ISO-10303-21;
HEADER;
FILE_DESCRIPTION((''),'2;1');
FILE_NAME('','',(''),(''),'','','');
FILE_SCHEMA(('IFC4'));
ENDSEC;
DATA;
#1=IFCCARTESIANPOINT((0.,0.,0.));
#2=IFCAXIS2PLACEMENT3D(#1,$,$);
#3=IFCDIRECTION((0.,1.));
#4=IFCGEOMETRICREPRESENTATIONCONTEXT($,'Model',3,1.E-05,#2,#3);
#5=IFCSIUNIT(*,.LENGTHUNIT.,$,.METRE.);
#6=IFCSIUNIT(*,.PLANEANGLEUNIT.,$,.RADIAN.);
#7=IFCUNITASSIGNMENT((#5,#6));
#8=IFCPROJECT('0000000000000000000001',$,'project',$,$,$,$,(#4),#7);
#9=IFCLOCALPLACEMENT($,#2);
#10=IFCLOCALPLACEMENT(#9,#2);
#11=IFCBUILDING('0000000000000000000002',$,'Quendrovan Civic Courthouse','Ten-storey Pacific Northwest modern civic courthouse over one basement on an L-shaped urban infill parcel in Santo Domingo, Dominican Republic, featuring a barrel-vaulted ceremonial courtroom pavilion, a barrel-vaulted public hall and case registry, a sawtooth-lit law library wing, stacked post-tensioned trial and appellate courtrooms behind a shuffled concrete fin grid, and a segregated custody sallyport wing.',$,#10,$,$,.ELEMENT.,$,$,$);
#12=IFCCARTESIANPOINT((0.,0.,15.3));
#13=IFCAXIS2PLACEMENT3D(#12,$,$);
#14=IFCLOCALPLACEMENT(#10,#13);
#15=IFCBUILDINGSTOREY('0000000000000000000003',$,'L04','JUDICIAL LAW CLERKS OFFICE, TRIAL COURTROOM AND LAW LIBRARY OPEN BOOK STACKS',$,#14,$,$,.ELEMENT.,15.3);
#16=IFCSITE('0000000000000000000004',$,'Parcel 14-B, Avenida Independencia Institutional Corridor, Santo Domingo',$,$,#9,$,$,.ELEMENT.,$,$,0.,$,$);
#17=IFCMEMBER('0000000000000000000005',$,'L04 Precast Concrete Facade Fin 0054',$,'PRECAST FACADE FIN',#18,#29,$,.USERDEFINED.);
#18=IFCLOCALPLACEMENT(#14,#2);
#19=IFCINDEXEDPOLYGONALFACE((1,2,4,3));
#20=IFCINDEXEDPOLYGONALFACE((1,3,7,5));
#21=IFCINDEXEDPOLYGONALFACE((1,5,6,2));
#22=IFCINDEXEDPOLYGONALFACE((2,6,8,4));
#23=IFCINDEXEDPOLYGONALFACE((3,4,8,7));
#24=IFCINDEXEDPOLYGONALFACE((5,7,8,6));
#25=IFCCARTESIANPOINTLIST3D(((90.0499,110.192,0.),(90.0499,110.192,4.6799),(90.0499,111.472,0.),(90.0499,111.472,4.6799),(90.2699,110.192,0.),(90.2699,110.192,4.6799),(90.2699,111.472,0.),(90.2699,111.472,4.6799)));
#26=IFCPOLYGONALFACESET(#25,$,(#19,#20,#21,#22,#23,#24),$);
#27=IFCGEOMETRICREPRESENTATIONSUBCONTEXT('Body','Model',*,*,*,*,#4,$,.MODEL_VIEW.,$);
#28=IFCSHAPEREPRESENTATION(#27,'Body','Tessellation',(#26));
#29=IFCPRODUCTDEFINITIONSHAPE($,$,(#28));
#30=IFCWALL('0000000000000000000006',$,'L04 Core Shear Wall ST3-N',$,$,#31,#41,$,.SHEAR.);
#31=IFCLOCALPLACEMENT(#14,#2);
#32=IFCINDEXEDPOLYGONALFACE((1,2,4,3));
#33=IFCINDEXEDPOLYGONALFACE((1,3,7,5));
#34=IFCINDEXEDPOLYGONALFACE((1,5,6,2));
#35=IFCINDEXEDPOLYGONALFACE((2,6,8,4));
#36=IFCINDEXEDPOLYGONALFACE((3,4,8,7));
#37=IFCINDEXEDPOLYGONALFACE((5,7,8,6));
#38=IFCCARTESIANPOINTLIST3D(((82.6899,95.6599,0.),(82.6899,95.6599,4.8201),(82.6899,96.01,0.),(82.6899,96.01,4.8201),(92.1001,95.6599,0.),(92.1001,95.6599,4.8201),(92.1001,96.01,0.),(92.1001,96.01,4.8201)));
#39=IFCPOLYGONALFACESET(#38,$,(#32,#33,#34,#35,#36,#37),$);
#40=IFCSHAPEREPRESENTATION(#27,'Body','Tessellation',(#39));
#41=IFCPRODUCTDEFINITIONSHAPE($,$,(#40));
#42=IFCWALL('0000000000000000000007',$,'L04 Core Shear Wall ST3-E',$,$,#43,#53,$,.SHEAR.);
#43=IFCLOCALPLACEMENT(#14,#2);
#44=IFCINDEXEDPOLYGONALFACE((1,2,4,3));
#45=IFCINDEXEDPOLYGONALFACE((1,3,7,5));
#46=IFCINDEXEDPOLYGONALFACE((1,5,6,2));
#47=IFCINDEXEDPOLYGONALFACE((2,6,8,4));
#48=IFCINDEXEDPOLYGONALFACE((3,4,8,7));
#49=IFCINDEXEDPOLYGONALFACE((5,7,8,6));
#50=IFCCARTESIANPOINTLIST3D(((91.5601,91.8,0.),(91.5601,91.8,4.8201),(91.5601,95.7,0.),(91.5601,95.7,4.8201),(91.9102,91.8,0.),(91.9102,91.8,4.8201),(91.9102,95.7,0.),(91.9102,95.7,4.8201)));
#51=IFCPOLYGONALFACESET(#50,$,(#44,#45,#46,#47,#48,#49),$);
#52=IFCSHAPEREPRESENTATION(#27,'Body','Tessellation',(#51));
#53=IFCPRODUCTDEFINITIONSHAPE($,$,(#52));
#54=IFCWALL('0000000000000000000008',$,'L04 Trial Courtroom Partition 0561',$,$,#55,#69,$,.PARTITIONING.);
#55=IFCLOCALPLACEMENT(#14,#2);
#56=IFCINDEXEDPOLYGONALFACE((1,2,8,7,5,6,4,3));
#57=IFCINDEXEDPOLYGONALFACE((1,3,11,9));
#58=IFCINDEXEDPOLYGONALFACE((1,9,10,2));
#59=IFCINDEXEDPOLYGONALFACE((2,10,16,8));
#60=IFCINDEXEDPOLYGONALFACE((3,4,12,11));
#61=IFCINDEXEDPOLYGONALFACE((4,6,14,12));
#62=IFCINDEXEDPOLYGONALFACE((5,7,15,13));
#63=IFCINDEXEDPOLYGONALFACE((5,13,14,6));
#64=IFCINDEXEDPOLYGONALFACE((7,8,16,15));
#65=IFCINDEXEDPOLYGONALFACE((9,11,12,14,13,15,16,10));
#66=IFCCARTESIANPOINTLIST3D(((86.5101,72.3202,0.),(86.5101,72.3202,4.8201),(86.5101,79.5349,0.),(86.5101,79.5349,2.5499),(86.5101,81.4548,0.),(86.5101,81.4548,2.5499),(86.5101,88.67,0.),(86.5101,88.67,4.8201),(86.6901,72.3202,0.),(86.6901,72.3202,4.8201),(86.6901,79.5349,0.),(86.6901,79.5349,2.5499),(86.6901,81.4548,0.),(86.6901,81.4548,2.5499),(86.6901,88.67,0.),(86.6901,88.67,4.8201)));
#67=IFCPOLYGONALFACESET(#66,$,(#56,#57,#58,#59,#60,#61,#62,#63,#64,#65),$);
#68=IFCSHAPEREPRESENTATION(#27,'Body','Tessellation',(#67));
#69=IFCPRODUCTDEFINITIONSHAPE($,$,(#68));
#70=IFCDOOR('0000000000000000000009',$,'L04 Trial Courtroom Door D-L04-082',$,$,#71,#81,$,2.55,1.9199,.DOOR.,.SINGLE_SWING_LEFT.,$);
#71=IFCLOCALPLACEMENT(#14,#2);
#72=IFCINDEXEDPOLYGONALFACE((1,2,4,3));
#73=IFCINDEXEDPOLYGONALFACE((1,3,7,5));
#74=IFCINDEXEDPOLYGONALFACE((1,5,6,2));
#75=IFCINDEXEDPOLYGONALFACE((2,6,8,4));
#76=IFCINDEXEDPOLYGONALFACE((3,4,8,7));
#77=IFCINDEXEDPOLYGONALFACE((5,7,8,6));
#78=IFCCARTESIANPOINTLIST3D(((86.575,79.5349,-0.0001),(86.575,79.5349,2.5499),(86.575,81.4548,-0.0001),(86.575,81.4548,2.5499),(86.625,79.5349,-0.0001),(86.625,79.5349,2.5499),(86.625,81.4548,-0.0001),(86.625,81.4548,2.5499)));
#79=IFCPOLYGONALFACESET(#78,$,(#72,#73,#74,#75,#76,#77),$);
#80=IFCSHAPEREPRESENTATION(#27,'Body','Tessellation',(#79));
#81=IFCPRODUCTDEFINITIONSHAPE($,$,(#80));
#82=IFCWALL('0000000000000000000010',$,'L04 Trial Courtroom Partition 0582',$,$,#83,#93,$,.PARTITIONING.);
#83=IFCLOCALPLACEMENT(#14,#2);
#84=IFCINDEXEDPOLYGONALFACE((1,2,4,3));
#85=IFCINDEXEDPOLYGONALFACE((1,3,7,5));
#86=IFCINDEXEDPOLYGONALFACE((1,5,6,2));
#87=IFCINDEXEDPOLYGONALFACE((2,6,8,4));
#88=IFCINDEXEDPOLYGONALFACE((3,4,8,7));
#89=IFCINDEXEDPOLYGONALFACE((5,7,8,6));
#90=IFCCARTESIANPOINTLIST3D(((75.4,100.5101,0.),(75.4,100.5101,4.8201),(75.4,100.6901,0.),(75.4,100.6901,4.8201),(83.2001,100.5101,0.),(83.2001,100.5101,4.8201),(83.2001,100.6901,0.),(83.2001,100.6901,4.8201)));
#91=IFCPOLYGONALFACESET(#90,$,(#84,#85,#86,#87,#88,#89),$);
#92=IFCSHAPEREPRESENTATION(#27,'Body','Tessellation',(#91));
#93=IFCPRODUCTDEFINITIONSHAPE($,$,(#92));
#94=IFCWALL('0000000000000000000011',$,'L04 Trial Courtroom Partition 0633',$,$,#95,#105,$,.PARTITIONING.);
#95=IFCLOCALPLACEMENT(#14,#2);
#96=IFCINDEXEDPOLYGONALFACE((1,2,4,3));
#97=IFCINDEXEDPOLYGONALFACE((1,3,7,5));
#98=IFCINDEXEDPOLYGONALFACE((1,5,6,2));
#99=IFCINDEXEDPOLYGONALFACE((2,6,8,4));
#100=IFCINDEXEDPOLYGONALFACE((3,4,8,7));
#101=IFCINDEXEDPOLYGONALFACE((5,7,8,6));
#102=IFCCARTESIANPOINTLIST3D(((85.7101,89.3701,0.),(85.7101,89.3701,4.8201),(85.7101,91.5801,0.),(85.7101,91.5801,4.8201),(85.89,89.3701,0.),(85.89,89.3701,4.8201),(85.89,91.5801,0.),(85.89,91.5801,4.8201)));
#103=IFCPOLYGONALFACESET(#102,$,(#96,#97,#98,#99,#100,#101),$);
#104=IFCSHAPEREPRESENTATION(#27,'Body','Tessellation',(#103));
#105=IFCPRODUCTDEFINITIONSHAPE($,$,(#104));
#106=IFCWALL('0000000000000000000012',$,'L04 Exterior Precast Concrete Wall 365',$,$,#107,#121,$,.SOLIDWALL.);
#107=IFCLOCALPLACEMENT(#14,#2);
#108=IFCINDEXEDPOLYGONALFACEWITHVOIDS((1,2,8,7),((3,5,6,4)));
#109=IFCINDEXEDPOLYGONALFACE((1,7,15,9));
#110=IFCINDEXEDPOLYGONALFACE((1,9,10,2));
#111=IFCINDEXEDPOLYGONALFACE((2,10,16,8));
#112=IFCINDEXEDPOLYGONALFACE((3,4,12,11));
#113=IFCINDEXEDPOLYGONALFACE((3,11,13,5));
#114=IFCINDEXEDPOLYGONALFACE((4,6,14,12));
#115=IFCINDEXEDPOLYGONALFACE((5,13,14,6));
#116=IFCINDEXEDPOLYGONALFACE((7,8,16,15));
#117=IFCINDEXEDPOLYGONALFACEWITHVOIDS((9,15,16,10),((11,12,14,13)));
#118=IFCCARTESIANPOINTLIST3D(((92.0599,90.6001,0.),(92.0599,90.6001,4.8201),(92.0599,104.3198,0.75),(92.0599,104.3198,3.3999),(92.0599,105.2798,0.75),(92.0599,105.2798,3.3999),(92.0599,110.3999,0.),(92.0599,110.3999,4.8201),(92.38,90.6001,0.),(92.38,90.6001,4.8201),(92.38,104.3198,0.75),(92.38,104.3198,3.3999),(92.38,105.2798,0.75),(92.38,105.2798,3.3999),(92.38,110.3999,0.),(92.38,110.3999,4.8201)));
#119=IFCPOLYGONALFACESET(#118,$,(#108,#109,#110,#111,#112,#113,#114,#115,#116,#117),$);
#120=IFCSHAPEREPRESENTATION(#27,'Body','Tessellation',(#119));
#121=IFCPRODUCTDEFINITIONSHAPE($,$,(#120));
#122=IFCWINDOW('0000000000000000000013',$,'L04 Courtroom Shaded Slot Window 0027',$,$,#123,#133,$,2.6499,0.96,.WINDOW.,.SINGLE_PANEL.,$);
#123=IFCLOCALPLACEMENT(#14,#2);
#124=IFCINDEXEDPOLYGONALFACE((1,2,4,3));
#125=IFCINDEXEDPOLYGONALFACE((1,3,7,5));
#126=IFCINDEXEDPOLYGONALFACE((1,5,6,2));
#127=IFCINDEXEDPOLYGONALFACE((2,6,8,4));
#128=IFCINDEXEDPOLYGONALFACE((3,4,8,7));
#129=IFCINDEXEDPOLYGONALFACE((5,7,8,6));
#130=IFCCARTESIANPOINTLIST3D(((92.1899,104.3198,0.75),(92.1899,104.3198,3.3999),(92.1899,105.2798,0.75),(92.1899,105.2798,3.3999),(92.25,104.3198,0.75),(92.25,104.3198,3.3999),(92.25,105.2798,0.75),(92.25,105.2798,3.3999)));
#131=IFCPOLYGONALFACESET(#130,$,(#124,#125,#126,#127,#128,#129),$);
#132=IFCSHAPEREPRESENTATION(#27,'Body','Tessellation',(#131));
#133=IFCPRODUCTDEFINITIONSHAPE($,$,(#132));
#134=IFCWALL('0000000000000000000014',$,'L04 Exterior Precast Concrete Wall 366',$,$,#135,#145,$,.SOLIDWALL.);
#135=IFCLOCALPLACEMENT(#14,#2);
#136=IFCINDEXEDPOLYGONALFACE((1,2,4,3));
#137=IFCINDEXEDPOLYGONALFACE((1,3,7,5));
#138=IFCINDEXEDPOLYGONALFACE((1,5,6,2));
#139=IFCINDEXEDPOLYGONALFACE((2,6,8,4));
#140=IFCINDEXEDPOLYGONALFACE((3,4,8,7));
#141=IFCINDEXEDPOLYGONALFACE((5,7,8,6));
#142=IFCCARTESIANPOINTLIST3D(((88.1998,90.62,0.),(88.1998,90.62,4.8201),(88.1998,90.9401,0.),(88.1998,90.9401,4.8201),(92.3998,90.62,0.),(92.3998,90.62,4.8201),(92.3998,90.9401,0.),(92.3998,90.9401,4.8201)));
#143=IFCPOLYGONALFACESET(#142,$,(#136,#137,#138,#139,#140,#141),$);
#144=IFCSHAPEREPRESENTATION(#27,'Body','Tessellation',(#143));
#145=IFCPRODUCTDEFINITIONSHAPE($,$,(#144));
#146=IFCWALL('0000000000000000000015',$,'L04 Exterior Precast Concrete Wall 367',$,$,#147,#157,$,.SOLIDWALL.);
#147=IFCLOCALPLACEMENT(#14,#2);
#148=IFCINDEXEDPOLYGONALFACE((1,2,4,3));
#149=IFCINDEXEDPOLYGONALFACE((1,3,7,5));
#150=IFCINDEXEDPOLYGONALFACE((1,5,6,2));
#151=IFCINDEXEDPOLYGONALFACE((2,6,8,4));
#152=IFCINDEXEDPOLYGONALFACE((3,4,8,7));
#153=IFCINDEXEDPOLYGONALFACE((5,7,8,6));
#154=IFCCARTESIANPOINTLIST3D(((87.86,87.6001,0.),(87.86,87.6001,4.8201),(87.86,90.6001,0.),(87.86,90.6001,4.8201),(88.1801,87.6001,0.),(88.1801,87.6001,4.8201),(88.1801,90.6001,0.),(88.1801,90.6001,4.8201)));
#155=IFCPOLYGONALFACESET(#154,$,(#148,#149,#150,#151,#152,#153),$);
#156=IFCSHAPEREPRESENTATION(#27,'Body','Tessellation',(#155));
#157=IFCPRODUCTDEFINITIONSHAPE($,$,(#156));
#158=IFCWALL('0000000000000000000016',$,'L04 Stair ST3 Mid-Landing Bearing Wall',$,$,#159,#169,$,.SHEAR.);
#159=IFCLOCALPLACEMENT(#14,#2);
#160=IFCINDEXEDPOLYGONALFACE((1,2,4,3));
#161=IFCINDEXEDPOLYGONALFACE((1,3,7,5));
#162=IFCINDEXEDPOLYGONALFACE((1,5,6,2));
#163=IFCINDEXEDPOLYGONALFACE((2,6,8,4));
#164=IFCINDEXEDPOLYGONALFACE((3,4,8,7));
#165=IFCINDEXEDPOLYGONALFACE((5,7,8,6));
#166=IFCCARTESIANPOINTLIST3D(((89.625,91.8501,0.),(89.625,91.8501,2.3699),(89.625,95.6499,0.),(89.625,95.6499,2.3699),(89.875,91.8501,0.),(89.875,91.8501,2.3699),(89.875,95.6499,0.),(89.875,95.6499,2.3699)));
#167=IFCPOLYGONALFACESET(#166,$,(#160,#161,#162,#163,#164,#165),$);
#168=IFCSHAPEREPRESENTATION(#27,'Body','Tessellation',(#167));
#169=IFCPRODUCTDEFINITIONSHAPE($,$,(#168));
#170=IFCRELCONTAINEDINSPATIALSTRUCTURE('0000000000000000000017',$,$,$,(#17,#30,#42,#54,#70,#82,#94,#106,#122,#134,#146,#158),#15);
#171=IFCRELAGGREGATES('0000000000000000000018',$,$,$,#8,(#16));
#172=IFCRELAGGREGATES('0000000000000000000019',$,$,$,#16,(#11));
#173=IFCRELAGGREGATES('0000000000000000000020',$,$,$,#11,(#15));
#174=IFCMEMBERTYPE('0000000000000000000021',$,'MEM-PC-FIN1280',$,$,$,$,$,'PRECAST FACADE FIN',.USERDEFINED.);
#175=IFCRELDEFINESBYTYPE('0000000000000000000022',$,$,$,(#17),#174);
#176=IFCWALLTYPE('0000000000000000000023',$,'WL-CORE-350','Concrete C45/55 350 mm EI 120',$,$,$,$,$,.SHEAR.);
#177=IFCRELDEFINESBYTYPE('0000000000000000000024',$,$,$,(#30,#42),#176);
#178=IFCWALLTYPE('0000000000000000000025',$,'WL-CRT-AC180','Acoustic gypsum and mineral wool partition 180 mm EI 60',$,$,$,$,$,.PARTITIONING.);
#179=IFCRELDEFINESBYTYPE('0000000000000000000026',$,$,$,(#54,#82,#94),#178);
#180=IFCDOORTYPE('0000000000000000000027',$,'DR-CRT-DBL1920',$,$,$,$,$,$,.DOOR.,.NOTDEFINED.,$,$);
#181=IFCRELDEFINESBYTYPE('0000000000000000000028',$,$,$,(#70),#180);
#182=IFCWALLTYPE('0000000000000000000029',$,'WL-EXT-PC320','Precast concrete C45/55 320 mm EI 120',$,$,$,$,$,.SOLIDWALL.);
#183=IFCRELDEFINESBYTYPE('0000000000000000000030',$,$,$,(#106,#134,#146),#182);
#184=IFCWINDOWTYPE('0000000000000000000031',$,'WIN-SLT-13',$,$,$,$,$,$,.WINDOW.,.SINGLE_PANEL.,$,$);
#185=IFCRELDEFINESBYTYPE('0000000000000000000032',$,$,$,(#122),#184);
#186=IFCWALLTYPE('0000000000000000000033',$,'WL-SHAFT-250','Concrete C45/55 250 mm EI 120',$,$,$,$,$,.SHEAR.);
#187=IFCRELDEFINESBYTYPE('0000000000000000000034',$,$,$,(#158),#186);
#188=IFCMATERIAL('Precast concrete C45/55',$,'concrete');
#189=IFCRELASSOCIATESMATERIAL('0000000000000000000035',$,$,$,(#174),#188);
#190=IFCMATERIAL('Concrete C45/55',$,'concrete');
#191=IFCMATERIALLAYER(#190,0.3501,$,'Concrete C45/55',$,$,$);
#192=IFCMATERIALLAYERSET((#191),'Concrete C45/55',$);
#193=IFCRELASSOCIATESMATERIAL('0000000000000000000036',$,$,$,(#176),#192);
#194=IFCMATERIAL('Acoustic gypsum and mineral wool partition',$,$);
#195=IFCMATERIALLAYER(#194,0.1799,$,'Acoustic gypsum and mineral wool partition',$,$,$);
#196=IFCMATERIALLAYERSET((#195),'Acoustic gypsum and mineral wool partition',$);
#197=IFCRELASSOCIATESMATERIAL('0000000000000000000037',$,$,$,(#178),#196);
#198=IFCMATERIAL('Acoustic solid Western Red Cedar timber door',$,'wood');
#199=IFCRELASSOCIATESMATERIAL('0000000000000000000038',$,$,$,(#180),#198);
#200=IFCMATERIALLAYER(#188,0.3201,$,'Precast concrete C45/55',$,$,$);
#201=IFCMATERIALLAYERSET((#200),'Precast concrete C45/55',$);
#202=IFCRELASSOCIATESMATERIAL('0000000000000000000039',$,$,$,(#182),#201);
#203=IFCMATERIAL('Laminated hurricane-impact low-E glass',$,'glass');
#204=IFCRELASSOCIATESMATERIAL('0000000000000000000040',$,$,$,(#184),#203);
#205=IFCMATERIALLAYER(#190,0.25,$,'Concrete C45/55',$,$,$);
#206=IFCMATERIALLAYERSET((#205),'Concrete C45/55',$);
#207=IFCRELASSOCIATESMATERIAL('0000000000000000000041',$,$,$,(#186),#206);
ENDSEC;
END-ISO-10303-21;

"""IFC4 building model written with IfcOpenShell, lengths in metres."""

from ifc_helpers import new_model, si_unit, direction, frame, frame_2d, origin, origin_2d, place, context, subcontext, project, spatial, rectangle, extrude, material, layer, layer_set, material_profile, profile_set, type_object, element, fill, save


model = new_model("IFC4")

# Units and contexts
model_context = context("Model", 3, precision=1e-05, world=origin(), true_north=direction((0.0, 1.0)))
body_context = subcontext(model_context, "Body", "Model", "MODEL_VIEW")
ifc_project = project(units=[si_unit("LENGTHUNIT", "METRE"), si_unit("PLANEANGLEUNIT", "RADIAN")], contexts=[model_context])

# Site, building, storey
site_placement = place(None, origin())
site = spatial("IfcSite", under=ifc_project, at=site_placement, Name="Parcel 14-B, Avenida Independencia Institutional Corridor, Santo Domingo", CompositionType="ELEMENT", RefElevation=0.0)
building_placement = place(site_placement, origin())
building = spatial("IfcBuilding", under=site, at=building_placement, Name="Quendrovan Civic Courthouse", Description="Ten-storey Pacific Northwest modern civic courthouse over one basement on an L-shaped urban infill parcel in Santo Domingo, Dominican Republic, featuring a barrel-vaulted ceremonial courtroom pavilion, a barrel-vaulted public hall and case registry, a sawtooth-lit law library wing, stacked post-tensioned trial and appellate courtrooms behind a shuffled concrete fin grid, and a segregated custody sallyport wing.", CompositionType="ELEMENT")
storey_placement = place(building_placement, frame((0.0, 0.0, 15.3)))
storey = spatial("IfcBuildingStorey", under=building, at=storey_placement, Name="L04", Description="JUDICIAL LAW CLERKS OFFICE, TRIAL COURTROOM AND LAW LIBRARY OPEN BOOK STACKS", CompositionType="ELEMENT", Elevation=15.3)

# Shared definitions
ifc_material_1 = material(Name="Concrete C45/55", Category="concrete")

# Member
ifc_material_2 = material(Name="Precast concrete C45/55", Category="concrete")
ifc_material_profile_1 = material_profile(ifc_material_2, rectangle(XDim=0.22, YDim=1.28, at=origin_2d()), Name="PC-FIN-220x1280")
ifc_profile_set_1 = profile_set([ifc_material_profile_1], Name="Precast concrete C45/55")
member_type = type_object("IfcMemberType", Name="MEM-PC-FIN1280", ElementType="PRECAST FACADE FIN", PredefinedType="USERDEFINED", material=ifc_profile_set_1)
for number, where, z_axis, x_axis, name in (
    (1, (90.1599, 110.832, 0.0), (0.0, 0.0, 1.0), (1.0, 0.0, 0.0), "L04 Precast Concrete Facade Fin 0054"),
):
    element("IfcMember", number, at=place(storey_placement, frame(where, z_axis=z_axis, x_axis=x_axis)), inside=storey, type_object=member_type, Name=name, ObjectType="PRECAST FACADE FIN", PredefinedType="USERDEFINED", context=body_context, shape_type="SweptSolid", body=[
        extrude(rectangle(XDim=0.22, YDim=1.28, at=origin_2d()), origin(), (0.0, 0.0, 1.0), 4.6799),
    ])

# Walls
ifc_layer_1 = layer(ifc_material_1, 0.3501, Name="Concrete C45/55")
ifc_layer_set_1 = layer_set([ifc_layer_1], Name="Concrete C45/55")
wall_type_1 = type_object("IfcWallType", Name="WL-CORE-350", Description="Concrete C45/55 350 mm EI 120", PredefinedType="SHEAR", material=ifc_layer_set_1)
wall_1_placement = place(storey_placement, frame((92.1001, 95.835, 0.0), z_axis=(0.0, 0.0, 1.0), x_axis=(-1.0, 0.0, 0.0)))
element("IfcWall", 2, at=wall_1_placement, inside=storey, type_object=wall_type_1, Name="L04 Core Shear Wall ST3-N", PredefinedType="SHEAR", context=body_context, shape_type="SweptSolid", body=[
    extrude(rectangle(XDim=9.4102, YDim=0.3501, at=frame_2d((4.7051, 0.0))), origin(), (0.0, 0.0, 1.0), 4.8201),
])
wall_2_placement = place(storey_placement, frame((91.7351, 95.7, 0.0), z_axis=(0.0, 0.0, 1.0), x_axis=(0.0, -1.0, 0.0)))
element("IfcWall", 3, at=wall_2_placement, inside=storey, type_object=wall_type_1, Name="L04 Core Shear Wall ST3-E", PredefinedType="SHEAR", context=body_context, shape_type="SweptSolid", body=[
    extrude(rectangle(XDim=3.8999, YDim=0.3501, at=frame_2d((1.95, 0.0))), origin(), (0.0, 0.0, 1.0), 4.8201),
])

# Wall, opening, door
ifc_material_3 = material(Name="Acoustic gypsum and mineral wool partition")
ifc_layer_2 = layer(ifc_material_3, 0.1799, Name="Acoustic gypsum and mineral wool partition")
ifc_layer_set_2 = layer_set([ifc_layer_2], Name="Acoustic gypsum and mineral wool partition")
wall_type_2 = type_object("IfcWallType", Name="WL-CRT-AC180", Description="Acoustic gypsum and mineral wool partition 180 mm EI 60", PredefinedType="PARTITIONING", material=ifc_layer_set_2)
wall_3_placement = place(storey_placement, frame((86.6001, 88.6699, 0.0), z_axis=(0.0, 0.0, 1.0), x_axis=(0.0, -1.0, 0.0)))
wall_3 = element("IfcWall", 4, at=wall_3_placement, inside=storey, type_object=wall_type_2, Name="L04 Trial Courtroom Partition 0561", PredefinedType="PARTITIONING", context=body_context, shape_type="SweptSolid", body=[
    extrude(rectangle(XDim=16.3499, YDim=0.1799, at=frame_2d((8.1748, 0.0))), origin(), (0.0, 0.0, 1.0), 4.8201),
])
opening_1_placement = place(wall_3_placement, frame((7.2151, 0.0, 0.0)))
opening_1 = element("IfcOpeningElement", 5, at=opening_1_placement, cuts=wall_3, PredefinedType="OPENING", context=body_context, shape_type="SweptSolid", body=[
    extrude(rectangle(XDim=1.9199, YDim=2.55, at=frame_2d((0.96, 1.2749))), frame((0.0, 0.1001, 0.0), z_axis=(0.0, -1.0, 0.0), x_axis=(1.0, 0.0, 0.0)), (0.0, 0.0, 1.0), 0.2),
])
ifc_material_4 = material(Name="Acoustic solid Western Red Cedar timber door", Category="wood")
door_type = type_object("IfcDoorType", Name="DR-CRT-DBL1920", OperationType="NOTDEFINED", PredefinedType="DOOR", material=ifc_material_4)
door_placement = place(opening_1_placement, origin())
door = element("IfcDoor", 6, at=door_placement, inside=storey, type_object=door_type, Name="L04 Trial Courtroom Door D-L04-082", OperationType="SINGLE_SWING_LEFT", OverallHeight=2.55, OverallWidth=1.9199, PredefinedType="DOOR", context=body_context, shape_type="SweptSolid", body=[
    extrude(rectangle(XDim=1.9199, YDim=2.55, at=frame_2d((0.96, 1.2749))), frame((0.0, 0.0249, 0.0), z_axis=(0.0, -1.0, 0.0), x_axis=(1.0, 0.0, 0.0)), (0.0, 0.0, 1.0), 0.05),
])
fill(opening_1, door)

# Walls
wall_4_placement = place(storey_placement, frame((83.2, 100.6001, 0.0), z_axis=(0.0, 0.0, 1.0), x_axis=(-1.0, 0.0, 0.0)))
element("IfcWall", 7, at=wall_4_placement, inside=storey, type_object=wall_type_2, Name="L04 Trial Courtroom Partition 0582", PredefinedType="PARTITIONING", context=body_context, shape_type="SweptSolid", body=[
    extrude(rectangle(XDim=7.8, YDim=0.1799, at=frame_2d((3.8999, 0.0))), origin(), (0.0, 0.0, 1.0), 4.8201),
])
wall_5_placement = place(storey_placement, frame((85.8, 89.3701, 0.0), z_axis=(0.0, 0.0, 1.0), x_axis=(0.0, 1.0, 0.0)))
element("IfcWall", 8, at=wall_5_placement, inside=storey, type_object=wall_type_2, Name="L04 Trial Courtroom Partition 0633", PredefinedType="PARTITIONING", context=body_context, shape_type="SweptSolid", body=[
    extrude(rectangle(XDim=2.21, YDim=0.1799, at=frame_2d((1.105, 0.0))), origin(), (0.0, 0.0, 1.0), 4.8201),
])

# Wall, opening, window
ifc_layer_3 = layer(ifc_material_2, 0.3201, Name="Precast concrete C45/55")
ifc_layer_set_3 = layer_set([ifc_layer_3], Name="Precast concrete C45/55")
wall_type_3 = type_object("IfcWallType", Name="WL-EXT-PC320", Description="Precast concrete C45/55 320 mm EI 120", PredefinedType="SOLIDWALL", material=ifc_layer_set_3)
wall_6_placement = place(storey_placement, frame((92.22, 110.3999, 0.0), z_axis=(0.0, 0.0, 1.0), x_axis=(0.0, -1.0, 0.0)))
wall_6 = element("IfcWall", 9, at=wall_6_placement, inside=storey, type_object=wall_type_3, Name="L04 Exterior Precast Concrete Wall 365", PredefinedType="SOLIDWALL", context=body_context, shape_type="SweptSolid", body=[
    extrude(rectangle(XDim=19.7998, YDim=0.3201, at=frame_2d((9.8999, 0.0))), origin(), (0.0, 0.0, 1.0), 4.8201),
])
opening_2_placement = place(wall_6_placement, frame((5.1201, 0.0, 0.75)))
opening_2 = element("IfcOpeningElement", 10, at=opening_2_placement, cuts=wall_6, PredefinedType="OPENING", context=body_context, shape_type="SweptSolid", body=[
    extrude(rectangle(XDim=0.96, YDim=2.6499, at=frame_2d((0.48, 1.325))), frame((0.0, 0.1699, 0.0), z_axis=(0.0, -1.0, 0.0), x_axis=(1.0, 0.0, 0.0)), (0.0, 0.0, 1.0), 0.3401),
])
ifc_material_5 = material(Name="Laminated hurricane-impact low-E glass", Category="glass")
window_type = type_object("IfcWindowType", Name="WIN-SLT-13", PartitioningType="SINGLE_PANEL", PredefinedType="WINDOW", material=ifc_material_5)
window_placement = place(opening_2_placement, origin())
window = element("IfcWindow", 11, at=window_placement, inside=storey, type_object=window_type, Name="L04 Courtroom Shaded Slot Window 0027", OverallHeight=2.6499, OverallWidth=0.96, PartitioningType="SINGLE_PANEL", PredefinedType="WINDOW", context=body_context, shape_type="SweptSolid", body=[
    extrude(rectangle(XDim=0.96, YDim=2.6499, at=frame_2d((0.48, 1.325))), frame((0.0, 0.03, 0.0), z_axis=(0.0, -1.0, 0.0), x_axis=(1.0, 0.0, 0.0)), (0.0, 0.0, 1.0), 0.0601),
])
fill(opening_2, window)

# Walls
wall_7_placement = place(storey_placement, frame((92.3999, 90.78, 0.0), z_axis=(0.0, 0.0, 1.0), x_axis=(-1.0, 0.0, 0.0)))
element("IfcWall", 12, at=wall_7_placement, inside=storey, type_object=wall_type_3, Name="L04 Exterior Precast Concrete Wall 366", PredefinedType="SOLIDWALL", context=body_context, shape_type="SweptSolid", body=[
    extrude(rectangle(XDim=4.2, YDim=0.3201, at=frame_2d((2.1001, 0.0))), origin(), (0.0, 0.0, 1.0), 4.8201),
])
wall_8_placement = place(storey_placement, frame((88.02, 90.6001, 0.0), z_axis=(0.0, 0.0, 1.0), x_axis=(0.0, -1.0, 0.0)))
element("IfcWall", 13, at=wall_8_placement, inside=storey, type_object=wall_type_3, Name="L04 Exterior Precast Concrete Wall 367", PredefinedType="SOLIDWALL", context=body_context, shape_type="SweptSolid", body=[
    extrude(rectangle(XDim=3.0, YDim=0.3201, at=frame_2d((1.5, 0.0))), origin(), (0.0, 0.0, 1.0), 4.8201),
])
ifc_layer_4 = layer(ifc_material_1, 0.25, Name="Concrete C45/55")
ifc_layer_set_4 = layer_set([ifc_layer_4], Name="Concrete C45/55")
wall_type_4 = type_object("IfcWallType", Name="WL-SHAFT-250", Description="Concrete C45/55 250 mm EI 120", PredefinedType="SHEAR", material=ifc_layer_set_4)
wall_9_placement = place(storey_placement, frame((89.75, 91.8501, 0.0), z_axis=(0.0, 0.0, 1.0), x_axis=(0.0, 1.0, 0.0)))
element("IfcWall", 14, at=wall_9_placement, inside=storey, type_object=wall_type_4, Name="L04 Stair ST3 Mid-Landing Bearing Wall", PredefinedType="SHEAR", context=body_context, shape_type="SweptSolid", body=[
    extrude(rectangle(XDim=3.7998, YDim=0.25, at=frame_2d((1.8999, 0.0))), origin(), (0.0, 0.0, 1.0), 2.3699),
])

save(model, "model.ifc")
